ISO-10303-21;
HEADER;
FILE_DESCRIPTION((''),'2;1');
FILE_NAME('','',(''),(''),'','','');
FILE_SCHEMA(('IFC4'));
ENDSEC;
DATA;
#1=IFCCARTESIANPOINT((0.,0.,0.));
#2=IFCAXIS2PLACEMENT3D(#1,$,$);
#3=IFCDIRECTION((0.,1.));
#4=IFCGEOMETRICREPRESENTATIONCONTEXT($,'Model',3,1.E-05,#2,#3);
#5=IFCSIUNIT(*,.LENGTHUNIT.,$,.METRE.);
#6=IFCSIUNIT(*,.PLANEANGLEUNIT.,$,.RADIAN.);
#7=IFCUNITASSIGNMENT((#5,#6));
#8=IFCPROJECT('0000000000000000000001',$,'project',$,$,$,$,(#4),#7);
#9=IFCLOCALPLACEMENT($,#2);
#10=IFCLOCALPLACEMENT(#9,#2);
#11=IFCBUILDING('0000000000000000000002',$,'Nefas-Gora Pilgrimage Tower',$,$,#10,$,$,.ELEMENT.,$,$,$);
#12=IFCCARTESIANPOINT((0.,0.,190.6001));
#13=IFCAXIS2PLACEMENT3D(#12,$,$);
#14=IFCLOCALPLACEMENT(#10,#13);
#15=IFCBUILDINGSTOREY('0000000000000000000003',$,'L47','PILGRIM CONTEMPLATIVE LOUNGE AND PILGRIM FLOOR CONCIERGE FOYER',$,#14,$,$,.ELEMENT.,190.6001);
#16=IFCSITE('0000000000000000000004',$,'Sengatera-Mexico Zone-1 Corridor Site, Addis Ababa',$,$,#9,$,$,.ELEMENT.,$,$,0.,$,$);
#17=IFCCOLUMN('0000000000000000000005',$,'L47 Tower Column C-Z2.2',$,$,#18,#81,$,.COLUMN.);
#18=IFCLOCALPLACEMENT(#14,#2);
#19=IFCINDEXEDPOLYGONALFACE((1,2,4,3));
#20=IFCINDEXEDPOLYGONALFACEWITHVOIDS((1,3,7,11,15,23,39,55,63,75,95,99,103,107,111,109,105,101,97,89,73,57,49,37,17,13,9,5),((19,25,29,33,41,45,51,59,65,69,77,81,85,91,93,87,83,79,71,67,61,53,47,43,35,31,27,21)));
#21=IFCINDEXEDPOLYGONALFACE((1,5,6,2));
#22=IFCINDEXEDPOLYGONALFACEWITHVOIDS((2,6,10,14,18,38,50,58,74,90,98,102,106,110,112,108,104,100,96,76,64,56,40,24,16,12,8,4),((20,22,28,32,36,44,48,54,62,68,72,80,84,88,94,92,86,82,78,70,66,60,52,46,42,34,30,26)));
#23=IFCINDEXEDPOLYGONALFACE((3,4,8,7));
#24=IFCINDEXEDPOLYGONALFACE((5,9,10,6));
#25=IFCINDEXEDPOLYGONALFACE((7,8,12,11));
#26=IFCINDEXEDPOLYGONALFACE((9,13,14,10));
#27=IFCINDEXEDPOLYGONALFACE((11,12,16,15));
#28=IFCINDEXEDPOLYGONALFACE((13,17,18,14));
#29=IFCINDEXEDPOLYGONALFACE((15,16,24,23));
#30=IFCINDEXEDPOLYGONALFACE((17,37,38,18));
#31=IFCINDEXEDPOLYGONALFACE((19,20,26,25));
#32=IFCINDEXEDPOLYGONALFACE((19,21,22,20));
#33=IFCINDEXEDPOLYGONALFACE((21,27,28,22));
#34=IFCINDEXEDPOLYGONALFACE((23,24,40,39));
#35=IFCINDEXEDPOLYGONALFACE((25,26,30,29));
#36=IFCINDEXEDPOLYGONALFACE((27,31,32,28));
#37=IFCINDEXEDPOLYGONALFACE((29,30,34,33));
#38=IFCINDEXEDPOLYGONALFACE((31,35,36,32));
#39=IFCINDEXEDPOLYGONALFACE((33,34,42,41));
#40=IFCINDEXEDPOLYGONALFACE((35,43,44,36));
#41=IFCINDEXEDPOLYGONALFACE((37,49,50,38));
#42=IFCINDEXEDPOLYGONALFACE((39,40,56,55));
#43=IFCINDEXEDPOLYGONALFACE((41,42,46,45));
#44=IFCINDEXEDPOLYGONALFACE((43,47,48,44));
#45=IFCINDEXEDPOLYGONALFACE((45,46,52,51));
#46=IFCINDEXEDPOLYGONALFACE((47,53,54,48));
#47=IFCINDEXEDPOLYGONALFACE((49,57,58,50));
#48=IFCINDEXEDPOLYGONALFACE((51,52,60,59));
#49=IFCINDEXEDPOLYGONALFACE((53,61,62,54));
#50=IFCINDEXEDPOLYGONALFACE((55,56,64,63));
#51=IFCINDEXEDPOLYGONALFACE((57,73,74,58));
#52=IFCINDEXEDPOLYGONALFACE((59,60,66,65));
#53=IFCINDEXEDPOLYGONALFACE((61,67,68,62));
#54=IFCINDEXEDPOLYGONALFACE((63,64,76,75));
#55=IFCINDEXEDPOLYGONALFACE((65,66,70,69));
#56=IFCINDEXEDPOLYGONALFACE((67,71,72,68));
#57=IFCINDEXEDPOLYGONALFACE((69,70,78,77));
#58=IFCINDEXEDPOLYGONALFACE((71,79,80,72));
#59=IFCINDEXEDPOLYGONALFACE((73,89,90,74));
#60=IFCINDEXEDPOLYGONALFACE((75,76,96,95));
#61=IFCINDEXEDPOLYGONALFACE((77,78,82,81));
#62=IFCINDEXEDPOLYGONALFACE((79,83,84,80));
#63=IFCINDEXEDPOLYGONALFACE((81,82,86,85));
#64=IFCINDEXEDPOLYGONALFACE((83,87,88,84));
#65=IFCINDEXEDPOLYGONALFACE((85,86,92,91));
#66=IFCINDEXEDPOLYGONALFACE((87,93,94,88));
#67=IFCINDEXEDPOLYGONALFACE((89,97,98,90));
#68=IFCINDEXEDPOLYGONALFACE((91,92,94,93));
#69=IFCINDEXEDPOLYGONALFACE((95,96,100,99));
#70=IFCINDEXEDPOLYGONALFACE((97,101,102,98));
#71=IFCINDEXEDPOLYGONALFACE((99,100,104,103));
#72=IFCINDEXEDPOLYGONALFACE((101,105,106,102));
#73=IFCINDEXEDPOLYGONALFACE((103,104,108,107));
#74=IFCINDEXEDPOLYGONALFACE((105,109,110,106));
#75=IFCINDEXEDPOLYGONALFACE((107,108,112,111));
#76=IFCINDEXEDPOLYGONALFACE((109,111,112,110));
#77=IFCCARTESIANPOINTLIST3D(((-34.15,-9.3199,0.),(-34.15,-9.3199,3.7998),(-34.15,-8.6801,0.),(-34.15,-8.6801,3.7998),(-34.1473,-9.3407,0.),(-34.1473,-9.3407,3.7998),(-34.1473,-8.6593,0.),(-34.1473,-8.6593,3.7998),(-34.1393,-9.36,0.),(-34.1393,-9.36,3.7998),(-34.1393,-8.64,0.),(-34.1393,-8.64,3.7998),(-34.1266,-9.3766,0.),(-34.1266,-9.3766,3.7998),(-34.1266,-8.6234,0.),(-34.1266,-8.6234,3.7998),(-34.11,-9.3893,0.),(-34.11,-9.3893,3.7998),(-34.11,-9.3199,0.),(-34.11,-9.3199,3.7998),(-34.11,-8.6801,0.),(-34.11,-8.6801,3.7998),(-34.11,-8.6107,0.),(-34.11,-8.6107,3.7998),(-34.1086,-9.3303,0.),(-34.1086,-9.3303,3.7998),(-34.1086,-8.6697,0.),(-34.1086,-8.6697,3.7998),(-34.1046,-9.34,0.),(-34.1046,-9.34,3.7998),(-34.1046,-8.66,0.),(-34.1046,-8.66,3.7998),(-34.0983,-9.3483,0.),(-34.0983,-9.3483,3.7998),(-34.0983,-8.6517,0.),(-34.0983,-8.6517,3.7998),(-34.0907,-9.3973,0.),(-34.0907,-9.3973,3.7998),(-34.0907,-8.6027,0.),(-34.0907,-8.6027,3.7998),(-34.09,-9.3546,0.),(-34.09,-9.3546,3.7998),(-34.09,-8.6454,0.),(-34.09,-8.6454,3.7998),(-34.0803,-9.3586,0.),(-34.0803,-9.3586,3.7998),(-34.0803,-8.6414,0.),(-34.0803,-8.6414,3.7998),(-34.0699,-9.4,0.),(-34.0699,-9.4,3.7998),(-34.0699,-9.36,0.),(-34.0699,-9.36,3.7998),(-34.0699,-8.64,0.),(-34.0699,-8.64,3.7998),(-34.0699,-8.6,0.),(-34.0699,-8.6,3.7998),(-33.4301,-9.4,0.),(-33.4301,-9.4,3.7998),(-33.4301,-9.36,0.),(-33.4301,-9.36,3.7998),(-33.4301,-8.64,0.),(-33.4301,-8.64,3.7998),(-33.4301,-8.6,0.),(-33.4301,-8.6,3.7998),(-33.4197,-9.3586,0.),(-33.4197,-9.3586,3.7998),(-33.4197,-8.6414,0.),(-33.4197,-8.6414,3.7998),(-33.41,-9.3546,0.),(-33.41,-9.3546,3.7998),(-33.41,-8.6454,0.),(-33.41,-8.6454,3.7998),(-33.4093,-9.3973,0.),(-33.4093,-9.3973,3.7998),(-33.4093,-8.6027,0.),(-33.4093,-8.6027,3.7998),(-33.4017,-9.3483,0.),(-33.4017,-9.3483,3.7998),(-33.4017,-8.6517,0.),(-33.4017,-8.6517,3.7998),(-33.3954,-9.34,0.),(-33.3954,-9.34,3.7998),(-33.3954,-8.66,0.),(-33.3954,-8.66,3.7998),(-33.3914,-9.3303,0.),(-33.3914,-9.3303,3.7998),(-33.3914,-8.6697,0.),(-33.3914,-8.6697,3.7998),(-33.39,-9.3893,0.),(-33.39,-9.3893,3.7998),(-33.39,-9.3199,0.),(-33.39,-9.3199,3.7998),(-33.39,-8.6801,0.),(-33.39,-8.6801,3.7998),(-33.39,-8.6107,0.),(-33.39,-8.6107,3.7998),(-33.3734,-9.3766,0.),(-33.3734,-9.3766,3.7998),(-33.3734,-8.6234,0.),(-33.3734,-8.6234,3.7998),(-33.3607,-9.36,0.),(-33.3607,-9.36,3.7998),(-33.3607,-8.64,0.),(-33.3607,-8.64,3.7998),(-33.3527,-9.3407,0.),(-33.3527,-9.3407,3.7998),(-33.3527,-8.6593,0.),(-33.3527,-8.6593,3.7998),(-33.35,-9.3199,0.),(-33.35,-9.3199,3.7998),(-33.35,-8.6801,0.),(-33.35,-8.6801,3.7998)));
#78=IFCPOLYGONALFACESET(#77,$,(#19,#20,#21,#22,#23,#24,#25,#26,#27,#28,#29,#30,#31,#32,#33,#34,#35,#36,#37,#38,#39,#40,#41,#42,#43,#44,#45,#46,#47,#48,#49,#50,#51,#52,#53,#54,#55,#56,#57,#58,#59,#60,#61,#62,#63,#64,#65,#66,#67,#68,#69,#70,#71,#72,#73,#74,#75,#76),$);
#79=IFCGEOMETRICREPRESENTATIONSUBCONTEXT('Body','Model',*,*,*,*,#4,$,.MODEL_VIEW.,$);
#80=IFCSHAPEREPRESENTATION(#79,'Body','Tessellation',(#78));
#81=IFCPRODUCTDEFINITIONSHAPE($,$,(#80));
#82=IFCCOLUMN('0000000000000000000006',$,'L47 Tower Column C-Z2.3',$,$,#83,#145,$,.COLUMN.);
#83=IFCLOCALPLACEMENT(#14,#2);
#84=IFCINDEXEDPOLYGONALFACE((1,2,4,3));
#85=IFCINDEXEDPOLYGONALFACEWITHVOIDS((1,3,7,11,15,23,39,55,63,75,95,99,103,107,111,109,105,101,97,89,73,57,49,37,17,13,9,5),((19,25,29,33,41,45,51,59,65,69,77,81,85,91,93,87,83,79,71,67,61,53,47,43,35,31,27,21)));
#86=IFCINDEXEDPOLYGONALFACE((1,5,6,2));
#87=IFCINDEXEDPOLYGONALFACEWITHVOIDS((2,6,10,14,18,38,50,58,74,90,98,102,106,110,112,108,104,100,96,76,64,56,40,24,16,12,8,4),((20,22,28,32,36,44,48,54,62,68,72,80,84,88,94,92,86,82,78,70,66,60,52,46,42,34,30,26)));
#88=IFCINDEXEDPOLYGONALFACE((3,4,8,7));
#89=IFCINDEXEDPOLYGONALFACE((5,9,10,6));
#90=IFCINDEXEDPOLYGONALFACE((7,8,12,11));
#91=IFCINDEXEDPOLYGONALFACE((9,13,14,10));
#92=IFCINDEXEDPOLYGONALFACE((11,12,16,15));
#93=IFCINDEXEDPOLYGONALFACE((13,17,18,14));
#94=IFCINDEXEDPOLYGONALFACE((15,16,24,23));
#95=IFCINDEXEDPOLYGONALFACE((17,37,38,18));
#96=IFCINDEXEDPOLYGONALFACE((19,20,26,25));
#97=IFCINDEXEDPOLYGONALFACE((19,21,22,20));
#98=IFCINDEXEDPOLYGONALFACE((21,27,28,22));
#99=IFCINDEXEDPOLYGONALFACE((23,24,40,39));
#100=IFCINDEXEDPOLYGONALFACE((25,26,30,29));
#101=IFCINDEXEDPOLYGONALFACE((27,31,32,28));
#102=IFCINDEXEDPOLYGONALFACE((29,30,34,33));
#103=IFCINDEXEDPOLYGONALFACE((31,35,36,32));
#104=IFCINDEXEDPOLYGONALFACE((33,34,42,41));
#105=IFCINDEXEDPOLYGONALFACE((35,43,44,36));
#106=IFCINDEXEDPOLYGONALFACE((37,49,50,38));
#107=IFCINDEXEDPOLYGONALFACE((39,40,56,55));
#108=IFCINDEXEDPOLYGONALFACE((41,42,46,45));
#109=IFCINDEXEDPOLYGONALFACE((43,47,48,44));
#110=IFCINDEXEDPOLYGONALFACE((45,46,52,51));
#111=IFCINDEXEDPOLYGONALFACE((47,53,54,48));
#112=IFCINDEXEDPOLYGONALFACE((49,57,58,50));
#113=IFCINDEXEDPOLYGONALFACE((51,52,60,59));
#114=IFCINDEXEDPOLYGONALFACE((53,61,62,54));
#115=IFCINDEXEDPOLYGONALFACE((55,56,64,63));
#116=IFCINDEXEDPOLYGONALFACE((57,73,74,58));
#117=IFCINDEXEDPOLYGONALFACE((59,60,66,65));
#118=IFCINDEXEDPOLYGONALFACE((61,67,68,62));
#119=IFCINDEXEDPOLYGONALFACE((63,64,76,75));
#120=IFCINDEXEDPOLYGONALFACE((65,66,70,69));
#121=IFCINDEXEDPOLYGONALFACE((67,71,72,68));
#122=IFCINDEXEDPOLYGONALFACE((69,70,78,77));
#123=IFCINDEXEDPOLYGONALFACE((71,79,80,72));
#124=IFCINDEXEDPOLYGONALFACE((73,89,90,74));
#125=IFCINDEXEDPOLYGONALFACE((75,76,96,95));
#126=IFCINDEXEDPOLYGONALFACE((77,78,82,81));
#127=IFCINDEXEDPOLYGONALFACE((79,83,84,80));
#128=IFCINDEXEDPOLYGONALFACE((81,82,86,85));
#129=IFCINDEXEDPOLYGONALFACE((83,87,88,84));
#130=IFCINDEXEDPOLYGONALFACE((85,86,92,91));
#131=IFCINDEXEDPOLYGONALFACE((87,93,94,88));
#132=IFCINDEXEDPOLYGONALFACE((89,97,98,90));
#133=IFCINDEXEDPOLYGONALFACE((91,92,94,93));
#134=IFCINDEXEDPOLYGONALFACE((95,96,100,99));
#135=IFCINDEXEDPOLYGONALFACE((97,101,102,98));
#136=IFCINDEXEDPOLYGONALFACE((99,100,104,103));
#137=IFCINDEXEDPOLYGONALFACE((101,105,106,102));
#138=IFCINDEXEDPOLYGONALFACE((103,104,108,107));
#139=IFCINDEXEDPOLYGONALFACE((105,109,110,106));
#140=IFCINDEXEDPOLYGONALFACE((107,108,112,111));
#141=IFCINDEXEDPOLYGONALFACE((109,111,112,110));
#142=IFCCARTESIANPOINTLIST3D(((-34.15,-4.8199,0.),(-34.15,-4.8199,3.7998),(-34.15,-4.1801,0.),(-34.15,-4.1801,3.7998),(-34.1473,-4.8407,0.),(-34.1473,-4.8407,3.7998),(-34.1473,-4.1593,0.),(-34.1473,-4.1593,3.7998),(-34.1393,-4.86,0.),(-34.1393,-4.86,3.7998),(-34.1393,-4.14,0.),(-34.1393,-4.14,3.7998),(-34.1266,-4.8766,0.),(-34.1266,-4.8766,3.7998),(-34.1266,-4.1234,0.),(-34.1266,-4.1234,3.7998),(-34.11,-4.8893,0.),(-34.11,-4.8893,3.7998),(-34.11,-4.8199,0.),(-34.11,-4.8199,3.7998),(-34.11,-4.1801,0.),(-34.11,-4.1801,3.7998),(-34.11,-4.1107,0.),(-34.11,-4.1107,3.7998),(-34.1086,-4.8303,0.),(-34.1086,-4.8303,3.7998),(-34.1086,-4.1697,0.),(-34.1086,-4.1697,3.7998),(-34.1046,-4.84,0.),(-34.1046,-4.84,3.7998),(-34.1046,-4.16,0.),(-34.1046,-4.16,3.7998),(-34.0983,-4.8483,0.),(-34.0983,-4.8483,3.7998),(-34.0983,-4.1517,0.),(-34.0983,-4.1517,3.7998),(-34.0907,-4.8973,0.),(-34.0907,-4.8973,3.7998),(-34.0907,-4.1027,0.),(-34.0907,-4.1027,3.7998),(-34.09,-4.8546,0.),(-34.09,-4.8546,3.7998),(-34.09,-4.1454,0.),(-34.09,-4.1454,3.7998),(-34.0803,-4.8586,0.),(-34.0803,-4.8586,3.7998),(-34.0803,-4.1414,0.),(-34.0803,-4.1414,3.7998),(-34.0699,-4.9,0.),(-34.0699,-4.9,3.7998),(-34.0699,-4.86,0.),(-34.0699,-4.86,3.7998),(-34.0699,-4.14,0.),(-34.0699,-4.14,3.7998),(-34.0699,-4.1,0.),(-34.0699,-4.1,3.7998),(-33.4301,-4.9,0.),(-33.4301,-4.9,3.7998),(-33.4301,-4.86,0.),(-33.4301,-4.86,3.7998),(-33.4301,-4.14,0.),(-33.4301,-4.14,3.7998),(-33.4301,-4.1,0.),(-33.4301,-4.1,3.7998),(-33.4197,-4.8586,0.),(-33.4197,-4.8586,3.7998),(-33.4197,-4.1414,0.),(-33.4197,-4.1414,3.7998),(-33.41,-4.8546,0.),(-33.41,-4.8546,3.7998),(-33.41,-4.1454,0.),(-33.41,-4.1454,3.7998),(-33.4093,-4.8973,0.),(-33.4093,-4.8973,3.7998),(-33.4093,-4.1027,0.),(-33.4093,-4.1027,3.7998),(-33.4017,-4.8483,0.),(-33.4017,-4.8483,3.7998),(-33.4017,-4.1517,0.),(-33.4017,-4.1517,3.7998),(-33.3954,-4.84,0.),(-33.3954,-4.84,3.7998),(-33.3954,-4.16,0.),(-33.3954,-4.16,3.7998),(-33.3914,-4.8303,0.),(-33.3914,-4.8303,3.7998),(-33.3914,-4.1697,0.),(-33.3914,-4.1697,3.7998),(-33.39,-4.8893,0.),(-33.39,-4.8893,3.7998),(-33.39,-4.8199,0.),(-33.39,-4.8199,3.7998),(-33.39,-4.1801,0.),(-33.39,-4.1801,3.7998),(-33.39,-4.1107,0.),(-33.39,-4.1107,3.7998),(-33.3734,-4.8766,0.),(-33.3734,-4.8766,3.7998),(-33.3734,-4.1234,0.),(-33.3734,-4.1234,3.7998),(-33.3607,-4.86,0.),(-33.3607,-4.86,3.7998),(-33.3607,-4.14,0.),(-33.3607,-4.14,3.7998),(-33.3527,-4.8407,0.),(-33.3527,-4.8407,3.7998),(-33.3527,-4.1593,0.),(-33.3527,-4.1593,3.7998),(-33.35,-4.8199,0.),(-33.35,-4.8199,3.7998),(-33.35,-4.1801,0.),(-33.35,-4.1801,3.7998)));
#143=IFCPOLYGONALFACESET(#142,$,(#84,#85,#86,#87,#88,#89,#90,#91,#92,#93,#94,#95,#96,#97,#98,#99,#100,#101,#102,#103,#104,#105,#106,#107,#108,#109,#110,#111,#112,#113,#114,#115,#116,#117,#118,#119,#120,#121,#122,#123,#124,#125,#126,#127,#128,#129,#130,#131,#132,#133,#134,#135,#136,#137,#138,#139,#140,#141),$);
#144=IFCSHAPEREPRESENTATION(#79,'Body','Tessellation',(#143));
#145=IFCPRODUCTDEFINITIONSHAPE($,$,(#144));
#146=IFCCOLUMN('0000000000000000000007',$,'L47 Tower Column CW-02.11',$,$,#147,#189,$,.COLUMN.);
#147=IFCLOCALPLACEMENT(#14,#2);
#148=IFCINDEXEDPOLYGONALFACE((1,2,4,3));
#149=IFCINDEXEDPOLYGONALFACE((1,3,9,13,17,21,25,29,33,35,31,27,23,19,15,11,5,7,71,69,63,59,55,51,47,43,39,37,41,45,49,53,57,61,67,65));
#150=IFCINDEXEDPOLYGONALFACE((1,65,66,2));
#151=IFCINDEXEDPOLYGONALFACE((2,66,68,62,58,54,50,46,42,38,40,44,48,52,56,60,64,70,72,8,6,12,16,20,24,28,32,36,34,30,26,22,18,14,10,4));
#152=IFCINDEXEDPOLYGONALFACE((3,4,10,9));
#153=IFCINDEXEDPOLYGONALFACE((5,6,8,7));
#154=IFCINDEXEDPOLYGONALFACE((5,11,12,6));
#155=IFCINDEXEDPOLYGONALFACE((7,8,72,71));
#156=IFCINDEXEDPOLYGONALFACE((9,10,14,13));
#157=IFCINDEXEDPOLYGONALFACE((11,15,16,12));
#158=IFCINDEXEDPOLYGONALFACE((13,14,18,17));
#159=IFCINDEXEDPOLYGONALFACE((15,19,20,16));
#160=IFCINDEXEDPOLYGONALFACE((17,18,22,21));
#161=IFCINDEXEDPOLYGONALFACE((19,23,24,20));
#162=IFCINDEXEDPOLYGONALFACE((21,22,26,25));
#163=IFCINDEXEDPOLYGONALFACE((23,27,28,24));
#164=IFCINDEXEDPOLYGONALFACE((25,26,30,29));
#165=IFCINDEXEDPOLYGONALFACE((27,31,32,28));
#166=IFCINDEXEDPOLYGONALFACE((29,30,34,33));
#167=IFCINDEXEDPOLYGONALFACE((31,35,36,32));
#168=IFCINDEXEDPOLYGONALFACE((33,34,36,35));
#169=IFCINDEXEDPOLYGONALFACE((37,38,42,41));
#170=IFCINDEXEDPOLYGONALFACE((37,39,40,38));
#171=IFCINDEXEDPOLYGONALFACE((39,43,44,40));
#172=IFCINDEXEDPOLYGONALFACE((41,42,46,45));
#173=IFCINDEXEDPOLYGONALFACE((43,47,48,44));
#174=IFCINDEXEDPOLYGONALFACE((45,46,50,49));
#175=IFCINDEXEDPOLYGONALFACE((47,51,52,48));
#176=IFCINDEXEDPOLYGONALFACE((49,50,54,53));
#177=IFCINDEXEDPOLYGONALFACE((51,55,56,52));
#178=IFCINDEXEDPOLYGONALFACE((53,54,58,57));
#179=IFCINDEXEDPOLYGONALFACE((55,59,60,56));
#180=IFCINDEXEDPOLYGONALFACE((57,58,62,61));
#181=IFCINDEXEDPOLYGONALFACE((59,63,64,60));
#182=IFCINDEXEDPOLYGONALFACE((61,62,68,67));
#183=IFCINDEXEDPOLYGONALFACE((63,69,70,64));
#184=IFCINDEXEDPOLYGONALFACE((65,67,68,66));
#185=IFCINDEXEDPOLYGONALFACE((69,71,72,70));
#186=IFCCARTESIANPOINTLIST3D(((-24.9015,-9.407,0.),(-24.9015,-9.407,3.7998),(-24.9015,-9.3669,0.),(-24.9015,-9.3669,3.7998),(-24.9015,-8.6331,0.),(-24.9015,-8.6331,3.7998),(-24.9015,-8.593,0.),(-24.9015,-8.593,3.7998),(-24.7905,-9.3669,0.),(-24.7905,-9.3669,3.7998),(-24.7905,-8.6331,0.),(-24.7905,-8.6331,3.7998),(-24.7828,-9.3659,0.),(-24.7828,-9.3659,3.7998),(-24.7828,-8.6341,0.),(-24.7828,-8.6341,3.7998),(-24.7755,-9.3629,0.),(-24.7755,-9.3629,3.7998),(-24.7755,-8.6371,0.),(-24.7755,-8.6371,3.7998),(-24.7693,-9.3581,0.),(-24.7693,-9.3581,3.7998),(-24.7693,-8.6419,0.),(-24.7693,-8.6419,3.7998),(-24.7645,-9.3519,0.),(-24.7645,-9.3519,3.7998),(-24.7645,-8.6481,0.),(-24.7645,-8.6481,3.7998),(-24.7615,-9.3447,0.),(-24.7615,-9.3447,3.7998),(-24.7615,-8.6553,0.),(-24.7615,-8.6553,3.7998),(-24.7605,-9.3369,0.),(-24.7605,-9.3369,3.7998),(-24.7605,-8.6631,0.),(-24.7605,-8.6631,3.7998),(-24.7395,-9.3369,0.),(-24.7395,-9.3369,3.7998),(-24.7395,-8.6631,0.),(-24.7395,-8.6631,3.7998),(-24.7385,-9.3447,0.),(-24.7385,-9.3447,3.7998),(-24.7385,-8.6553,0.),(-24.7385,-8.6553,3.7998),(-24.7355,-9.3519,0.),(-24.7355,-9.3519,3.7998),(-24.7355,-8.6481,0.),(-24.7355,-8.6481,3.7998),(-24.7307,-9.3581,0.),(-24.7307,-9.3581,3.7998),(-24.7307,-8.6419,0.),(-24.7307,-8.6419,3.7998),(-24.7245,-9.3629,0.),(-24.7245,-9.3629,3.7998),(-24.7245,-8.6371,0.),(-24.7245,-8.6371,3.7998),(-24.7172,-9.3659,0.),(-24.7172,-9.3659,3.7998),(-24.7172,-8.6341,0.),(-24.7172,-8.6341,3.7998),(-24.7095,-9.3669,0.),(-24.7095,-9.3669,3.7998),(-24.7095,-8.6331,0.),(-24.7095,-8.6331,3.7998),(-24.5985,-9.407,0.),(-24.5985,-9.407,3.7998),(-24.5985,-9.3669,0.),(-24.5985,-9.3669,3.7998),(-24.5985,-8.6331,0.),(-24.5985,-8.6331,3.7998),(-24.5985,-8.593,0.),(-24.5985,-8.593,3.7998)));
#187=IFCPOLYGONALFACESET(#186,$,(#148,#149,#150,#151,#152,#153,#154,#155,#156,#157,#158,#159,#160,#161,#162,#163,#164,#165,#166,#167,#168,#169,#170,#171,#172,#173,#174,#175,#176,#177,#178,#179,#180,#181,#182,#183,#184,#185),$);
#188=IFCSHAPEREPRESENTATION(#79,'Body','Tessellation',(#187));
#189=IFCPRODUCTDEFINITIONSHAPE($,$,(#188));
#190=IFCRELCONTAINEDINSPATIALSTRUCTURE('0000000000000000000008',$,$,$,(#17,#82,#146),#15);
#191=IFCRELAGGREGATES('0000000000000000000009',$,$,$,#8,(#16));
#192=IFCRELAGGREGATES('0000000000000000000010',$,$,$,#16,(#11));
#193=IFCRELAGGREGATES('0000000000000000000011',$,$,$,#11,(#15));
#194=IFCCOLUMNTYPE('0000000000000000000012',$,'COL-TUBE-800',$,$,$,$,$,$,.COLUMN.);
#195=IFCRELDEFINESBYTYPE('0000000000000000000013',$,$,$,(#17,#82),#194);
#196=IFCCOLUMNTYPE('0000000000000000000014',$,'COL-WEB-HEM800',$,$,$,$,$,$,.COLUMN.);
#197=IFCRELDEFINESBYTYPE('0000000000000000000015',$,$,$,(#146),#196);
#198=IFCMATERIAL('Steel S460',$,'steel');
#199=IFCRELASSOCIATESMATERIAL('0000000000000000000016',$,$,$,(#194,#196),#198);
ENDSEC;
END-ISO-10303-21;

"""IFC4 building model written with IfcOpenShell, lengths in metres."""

from ifc_helpers import new_model, si_unit, direction, frame, origin, origin_2d, place, context, subcontext, project, spatial, hollow_rectangle, i_section, extrude, source, transform, mapped, material, material_profile, profile_set, type_object, element, save


model = new_model("IFC4")

# Units and contexts
model_context = context("Model", 3, precision=1e-05, world=origin(), true_north=direction((0.0, 1.0)))
body_context = subcontext(model_context, "Body", "Model", "MODEL_VIEW")
ifc_project = project(units=[si_unit("LENGTHUNIT", "METRE"), si_unit("PLANEANGLEUNIT", "RADIAN")], contexts=[model_context])

# Site, building, storey
site_placement = place(None, origin())
site = spatial("IfcSite", under=ifc_project, at=site_placement, Name="Sengatera-Mexico Zone-1 Corridor Site, Addis Ababa", CompositionType="ELEMENT", RefElevation=0.0)
building_placement = place(site_placement, origin())
building = spatial("IfcBuilding", under=site, at=building_placement, Name="Nefas-Gora Pilgrimage Tower", CompositionType="ELEMENT")
storey_placement = place(building_placement, frame((0.0, 0.0, 190.6001)))
storey = spatial("IfcBuildingStorey", under=building, at=storey_placement, Name="L47", Description="PILGRIM CONTEMPLATIVE LOUNGE AND PILGRIM FLOOR CONCIERGE FOYER", CompositionType="ELEMENT", Elevation=190.6001)

# Columns
ifc_material_1 = material(Name="Steel S460", Category="steel")
ifc_material_profile_1 = material_profile(ifc_material_1, hollow_rectangle(XDim=0.8, YDim=0.8, WallThickness=0.04, InnerFilletRadius=0.04, OuterFilletRadius=0.0801, at=origin_2d()), Name="BOX 800x800x40")
ifc_profile_set_1 = profile_set([ifc_material_profile_1], Name="Steel S460")
column_type_1 = type_object("IfcColumnType", Name="COL-TUBE-800", PredefinedType="COLUMN", material=ifc_profile_set_1)
shared_shape_1 = source(origin(), body_context, "Body", "SweptSolid", [
    extrude(hollow_rectangle(XDim=0.8, YDim=0.8, WallThickness=0.04, InnerFilletRadius=0.04, OuterFilletRadius=0.0801, at=origin_2d()), origin(), (0.0, 0.0, 1.0), 3.7998),
])
for number, where, z_axis, x_axis, name in (
    (1, (-33.75, -9.0, 0.0), (0.0, 0.0, 1.0), (1.0, 0.0, 0.0), "L47 Tower Column C-Z2.2"),
    (2, (-33.75, -4.5, 0.0), (0.0, 0.0, 1.0), (1.0, 0.0, 0.0), "L47 Tower Column C-Z2.3"),
):
    element("IfcColumn", number, at=place(storey_placement, frame(where, z_axis=z_axis, x_axis=x_axis)), inside=storey, type_object=column_type_1, Name=name, PredefinedType="COLUMN", context=body_context, shape_type="MappedRepresentation", body=[
        mapped(shared_shape_1, transform((0.0, 0.0, 0.0), x_axis=(1.0, 0.0, 0.0), y_axis=(0.0, 1.0, 0.0), z_axis=(0.0, 0.0, 1.0), scale=1.0)),
    ])
ifc_material_profile_2 = material_profile(ifc_material_1, i_section(OverallWidth=0.303, OverallDepth=0.814, WebThickness=0.021, FlangeThickness=0.04, FilletRadius=0.03, at=origin_2d()), Name="HEM 800")
ifc_profile_set_2 = profile_set([ifc_material_profile_2], Name="Steel S460")
column_type_2 = type_object("IfcColumnType", Name="COL-WEB-HEM800", PredefinedType="COLUMN", material=ifc_profile_set_2)
shared_shape_2 = source(origin(), body_context, "Body", "SweptSolid", [
    extrude(i_section(OverallWidth=0.303, OverallDepth=0.814, WebThickness=0.021, FlangeThickness=0.04, FilletRadius=0.03, at=origin_2d()), origin(), (0.0, 0.0, 1.0), 3.7998),
])
for number, where, z_axis, x_axis, name in (
    (3, (-24.75, -9.0, 0.0), (0.0, 0.0, 1.0), (1.0, 0.0, 0.0), "L47 Tower Column CW-02.11"),
):
    element("IfcColumn", number, at=place(storey_placement, frame(where, z_axis=z_axis, x_axis=x_axis)), inside=storey, type_object=column_type_2, Name=name, PredefinedType="COLUMN", context=body_context, shape_type="MappedRepresentation", body=[
        mapped(shared_shape_2, transform((0.0, 0.0, 0.0), x_axis=(1.0, 0.0, 0.0), y_axis=(0.0, 1.0, 0.0), z_axis=(0.0, 0.0, 1.0), scale=1.0)),
    ])

save(model, "model.ifc")
